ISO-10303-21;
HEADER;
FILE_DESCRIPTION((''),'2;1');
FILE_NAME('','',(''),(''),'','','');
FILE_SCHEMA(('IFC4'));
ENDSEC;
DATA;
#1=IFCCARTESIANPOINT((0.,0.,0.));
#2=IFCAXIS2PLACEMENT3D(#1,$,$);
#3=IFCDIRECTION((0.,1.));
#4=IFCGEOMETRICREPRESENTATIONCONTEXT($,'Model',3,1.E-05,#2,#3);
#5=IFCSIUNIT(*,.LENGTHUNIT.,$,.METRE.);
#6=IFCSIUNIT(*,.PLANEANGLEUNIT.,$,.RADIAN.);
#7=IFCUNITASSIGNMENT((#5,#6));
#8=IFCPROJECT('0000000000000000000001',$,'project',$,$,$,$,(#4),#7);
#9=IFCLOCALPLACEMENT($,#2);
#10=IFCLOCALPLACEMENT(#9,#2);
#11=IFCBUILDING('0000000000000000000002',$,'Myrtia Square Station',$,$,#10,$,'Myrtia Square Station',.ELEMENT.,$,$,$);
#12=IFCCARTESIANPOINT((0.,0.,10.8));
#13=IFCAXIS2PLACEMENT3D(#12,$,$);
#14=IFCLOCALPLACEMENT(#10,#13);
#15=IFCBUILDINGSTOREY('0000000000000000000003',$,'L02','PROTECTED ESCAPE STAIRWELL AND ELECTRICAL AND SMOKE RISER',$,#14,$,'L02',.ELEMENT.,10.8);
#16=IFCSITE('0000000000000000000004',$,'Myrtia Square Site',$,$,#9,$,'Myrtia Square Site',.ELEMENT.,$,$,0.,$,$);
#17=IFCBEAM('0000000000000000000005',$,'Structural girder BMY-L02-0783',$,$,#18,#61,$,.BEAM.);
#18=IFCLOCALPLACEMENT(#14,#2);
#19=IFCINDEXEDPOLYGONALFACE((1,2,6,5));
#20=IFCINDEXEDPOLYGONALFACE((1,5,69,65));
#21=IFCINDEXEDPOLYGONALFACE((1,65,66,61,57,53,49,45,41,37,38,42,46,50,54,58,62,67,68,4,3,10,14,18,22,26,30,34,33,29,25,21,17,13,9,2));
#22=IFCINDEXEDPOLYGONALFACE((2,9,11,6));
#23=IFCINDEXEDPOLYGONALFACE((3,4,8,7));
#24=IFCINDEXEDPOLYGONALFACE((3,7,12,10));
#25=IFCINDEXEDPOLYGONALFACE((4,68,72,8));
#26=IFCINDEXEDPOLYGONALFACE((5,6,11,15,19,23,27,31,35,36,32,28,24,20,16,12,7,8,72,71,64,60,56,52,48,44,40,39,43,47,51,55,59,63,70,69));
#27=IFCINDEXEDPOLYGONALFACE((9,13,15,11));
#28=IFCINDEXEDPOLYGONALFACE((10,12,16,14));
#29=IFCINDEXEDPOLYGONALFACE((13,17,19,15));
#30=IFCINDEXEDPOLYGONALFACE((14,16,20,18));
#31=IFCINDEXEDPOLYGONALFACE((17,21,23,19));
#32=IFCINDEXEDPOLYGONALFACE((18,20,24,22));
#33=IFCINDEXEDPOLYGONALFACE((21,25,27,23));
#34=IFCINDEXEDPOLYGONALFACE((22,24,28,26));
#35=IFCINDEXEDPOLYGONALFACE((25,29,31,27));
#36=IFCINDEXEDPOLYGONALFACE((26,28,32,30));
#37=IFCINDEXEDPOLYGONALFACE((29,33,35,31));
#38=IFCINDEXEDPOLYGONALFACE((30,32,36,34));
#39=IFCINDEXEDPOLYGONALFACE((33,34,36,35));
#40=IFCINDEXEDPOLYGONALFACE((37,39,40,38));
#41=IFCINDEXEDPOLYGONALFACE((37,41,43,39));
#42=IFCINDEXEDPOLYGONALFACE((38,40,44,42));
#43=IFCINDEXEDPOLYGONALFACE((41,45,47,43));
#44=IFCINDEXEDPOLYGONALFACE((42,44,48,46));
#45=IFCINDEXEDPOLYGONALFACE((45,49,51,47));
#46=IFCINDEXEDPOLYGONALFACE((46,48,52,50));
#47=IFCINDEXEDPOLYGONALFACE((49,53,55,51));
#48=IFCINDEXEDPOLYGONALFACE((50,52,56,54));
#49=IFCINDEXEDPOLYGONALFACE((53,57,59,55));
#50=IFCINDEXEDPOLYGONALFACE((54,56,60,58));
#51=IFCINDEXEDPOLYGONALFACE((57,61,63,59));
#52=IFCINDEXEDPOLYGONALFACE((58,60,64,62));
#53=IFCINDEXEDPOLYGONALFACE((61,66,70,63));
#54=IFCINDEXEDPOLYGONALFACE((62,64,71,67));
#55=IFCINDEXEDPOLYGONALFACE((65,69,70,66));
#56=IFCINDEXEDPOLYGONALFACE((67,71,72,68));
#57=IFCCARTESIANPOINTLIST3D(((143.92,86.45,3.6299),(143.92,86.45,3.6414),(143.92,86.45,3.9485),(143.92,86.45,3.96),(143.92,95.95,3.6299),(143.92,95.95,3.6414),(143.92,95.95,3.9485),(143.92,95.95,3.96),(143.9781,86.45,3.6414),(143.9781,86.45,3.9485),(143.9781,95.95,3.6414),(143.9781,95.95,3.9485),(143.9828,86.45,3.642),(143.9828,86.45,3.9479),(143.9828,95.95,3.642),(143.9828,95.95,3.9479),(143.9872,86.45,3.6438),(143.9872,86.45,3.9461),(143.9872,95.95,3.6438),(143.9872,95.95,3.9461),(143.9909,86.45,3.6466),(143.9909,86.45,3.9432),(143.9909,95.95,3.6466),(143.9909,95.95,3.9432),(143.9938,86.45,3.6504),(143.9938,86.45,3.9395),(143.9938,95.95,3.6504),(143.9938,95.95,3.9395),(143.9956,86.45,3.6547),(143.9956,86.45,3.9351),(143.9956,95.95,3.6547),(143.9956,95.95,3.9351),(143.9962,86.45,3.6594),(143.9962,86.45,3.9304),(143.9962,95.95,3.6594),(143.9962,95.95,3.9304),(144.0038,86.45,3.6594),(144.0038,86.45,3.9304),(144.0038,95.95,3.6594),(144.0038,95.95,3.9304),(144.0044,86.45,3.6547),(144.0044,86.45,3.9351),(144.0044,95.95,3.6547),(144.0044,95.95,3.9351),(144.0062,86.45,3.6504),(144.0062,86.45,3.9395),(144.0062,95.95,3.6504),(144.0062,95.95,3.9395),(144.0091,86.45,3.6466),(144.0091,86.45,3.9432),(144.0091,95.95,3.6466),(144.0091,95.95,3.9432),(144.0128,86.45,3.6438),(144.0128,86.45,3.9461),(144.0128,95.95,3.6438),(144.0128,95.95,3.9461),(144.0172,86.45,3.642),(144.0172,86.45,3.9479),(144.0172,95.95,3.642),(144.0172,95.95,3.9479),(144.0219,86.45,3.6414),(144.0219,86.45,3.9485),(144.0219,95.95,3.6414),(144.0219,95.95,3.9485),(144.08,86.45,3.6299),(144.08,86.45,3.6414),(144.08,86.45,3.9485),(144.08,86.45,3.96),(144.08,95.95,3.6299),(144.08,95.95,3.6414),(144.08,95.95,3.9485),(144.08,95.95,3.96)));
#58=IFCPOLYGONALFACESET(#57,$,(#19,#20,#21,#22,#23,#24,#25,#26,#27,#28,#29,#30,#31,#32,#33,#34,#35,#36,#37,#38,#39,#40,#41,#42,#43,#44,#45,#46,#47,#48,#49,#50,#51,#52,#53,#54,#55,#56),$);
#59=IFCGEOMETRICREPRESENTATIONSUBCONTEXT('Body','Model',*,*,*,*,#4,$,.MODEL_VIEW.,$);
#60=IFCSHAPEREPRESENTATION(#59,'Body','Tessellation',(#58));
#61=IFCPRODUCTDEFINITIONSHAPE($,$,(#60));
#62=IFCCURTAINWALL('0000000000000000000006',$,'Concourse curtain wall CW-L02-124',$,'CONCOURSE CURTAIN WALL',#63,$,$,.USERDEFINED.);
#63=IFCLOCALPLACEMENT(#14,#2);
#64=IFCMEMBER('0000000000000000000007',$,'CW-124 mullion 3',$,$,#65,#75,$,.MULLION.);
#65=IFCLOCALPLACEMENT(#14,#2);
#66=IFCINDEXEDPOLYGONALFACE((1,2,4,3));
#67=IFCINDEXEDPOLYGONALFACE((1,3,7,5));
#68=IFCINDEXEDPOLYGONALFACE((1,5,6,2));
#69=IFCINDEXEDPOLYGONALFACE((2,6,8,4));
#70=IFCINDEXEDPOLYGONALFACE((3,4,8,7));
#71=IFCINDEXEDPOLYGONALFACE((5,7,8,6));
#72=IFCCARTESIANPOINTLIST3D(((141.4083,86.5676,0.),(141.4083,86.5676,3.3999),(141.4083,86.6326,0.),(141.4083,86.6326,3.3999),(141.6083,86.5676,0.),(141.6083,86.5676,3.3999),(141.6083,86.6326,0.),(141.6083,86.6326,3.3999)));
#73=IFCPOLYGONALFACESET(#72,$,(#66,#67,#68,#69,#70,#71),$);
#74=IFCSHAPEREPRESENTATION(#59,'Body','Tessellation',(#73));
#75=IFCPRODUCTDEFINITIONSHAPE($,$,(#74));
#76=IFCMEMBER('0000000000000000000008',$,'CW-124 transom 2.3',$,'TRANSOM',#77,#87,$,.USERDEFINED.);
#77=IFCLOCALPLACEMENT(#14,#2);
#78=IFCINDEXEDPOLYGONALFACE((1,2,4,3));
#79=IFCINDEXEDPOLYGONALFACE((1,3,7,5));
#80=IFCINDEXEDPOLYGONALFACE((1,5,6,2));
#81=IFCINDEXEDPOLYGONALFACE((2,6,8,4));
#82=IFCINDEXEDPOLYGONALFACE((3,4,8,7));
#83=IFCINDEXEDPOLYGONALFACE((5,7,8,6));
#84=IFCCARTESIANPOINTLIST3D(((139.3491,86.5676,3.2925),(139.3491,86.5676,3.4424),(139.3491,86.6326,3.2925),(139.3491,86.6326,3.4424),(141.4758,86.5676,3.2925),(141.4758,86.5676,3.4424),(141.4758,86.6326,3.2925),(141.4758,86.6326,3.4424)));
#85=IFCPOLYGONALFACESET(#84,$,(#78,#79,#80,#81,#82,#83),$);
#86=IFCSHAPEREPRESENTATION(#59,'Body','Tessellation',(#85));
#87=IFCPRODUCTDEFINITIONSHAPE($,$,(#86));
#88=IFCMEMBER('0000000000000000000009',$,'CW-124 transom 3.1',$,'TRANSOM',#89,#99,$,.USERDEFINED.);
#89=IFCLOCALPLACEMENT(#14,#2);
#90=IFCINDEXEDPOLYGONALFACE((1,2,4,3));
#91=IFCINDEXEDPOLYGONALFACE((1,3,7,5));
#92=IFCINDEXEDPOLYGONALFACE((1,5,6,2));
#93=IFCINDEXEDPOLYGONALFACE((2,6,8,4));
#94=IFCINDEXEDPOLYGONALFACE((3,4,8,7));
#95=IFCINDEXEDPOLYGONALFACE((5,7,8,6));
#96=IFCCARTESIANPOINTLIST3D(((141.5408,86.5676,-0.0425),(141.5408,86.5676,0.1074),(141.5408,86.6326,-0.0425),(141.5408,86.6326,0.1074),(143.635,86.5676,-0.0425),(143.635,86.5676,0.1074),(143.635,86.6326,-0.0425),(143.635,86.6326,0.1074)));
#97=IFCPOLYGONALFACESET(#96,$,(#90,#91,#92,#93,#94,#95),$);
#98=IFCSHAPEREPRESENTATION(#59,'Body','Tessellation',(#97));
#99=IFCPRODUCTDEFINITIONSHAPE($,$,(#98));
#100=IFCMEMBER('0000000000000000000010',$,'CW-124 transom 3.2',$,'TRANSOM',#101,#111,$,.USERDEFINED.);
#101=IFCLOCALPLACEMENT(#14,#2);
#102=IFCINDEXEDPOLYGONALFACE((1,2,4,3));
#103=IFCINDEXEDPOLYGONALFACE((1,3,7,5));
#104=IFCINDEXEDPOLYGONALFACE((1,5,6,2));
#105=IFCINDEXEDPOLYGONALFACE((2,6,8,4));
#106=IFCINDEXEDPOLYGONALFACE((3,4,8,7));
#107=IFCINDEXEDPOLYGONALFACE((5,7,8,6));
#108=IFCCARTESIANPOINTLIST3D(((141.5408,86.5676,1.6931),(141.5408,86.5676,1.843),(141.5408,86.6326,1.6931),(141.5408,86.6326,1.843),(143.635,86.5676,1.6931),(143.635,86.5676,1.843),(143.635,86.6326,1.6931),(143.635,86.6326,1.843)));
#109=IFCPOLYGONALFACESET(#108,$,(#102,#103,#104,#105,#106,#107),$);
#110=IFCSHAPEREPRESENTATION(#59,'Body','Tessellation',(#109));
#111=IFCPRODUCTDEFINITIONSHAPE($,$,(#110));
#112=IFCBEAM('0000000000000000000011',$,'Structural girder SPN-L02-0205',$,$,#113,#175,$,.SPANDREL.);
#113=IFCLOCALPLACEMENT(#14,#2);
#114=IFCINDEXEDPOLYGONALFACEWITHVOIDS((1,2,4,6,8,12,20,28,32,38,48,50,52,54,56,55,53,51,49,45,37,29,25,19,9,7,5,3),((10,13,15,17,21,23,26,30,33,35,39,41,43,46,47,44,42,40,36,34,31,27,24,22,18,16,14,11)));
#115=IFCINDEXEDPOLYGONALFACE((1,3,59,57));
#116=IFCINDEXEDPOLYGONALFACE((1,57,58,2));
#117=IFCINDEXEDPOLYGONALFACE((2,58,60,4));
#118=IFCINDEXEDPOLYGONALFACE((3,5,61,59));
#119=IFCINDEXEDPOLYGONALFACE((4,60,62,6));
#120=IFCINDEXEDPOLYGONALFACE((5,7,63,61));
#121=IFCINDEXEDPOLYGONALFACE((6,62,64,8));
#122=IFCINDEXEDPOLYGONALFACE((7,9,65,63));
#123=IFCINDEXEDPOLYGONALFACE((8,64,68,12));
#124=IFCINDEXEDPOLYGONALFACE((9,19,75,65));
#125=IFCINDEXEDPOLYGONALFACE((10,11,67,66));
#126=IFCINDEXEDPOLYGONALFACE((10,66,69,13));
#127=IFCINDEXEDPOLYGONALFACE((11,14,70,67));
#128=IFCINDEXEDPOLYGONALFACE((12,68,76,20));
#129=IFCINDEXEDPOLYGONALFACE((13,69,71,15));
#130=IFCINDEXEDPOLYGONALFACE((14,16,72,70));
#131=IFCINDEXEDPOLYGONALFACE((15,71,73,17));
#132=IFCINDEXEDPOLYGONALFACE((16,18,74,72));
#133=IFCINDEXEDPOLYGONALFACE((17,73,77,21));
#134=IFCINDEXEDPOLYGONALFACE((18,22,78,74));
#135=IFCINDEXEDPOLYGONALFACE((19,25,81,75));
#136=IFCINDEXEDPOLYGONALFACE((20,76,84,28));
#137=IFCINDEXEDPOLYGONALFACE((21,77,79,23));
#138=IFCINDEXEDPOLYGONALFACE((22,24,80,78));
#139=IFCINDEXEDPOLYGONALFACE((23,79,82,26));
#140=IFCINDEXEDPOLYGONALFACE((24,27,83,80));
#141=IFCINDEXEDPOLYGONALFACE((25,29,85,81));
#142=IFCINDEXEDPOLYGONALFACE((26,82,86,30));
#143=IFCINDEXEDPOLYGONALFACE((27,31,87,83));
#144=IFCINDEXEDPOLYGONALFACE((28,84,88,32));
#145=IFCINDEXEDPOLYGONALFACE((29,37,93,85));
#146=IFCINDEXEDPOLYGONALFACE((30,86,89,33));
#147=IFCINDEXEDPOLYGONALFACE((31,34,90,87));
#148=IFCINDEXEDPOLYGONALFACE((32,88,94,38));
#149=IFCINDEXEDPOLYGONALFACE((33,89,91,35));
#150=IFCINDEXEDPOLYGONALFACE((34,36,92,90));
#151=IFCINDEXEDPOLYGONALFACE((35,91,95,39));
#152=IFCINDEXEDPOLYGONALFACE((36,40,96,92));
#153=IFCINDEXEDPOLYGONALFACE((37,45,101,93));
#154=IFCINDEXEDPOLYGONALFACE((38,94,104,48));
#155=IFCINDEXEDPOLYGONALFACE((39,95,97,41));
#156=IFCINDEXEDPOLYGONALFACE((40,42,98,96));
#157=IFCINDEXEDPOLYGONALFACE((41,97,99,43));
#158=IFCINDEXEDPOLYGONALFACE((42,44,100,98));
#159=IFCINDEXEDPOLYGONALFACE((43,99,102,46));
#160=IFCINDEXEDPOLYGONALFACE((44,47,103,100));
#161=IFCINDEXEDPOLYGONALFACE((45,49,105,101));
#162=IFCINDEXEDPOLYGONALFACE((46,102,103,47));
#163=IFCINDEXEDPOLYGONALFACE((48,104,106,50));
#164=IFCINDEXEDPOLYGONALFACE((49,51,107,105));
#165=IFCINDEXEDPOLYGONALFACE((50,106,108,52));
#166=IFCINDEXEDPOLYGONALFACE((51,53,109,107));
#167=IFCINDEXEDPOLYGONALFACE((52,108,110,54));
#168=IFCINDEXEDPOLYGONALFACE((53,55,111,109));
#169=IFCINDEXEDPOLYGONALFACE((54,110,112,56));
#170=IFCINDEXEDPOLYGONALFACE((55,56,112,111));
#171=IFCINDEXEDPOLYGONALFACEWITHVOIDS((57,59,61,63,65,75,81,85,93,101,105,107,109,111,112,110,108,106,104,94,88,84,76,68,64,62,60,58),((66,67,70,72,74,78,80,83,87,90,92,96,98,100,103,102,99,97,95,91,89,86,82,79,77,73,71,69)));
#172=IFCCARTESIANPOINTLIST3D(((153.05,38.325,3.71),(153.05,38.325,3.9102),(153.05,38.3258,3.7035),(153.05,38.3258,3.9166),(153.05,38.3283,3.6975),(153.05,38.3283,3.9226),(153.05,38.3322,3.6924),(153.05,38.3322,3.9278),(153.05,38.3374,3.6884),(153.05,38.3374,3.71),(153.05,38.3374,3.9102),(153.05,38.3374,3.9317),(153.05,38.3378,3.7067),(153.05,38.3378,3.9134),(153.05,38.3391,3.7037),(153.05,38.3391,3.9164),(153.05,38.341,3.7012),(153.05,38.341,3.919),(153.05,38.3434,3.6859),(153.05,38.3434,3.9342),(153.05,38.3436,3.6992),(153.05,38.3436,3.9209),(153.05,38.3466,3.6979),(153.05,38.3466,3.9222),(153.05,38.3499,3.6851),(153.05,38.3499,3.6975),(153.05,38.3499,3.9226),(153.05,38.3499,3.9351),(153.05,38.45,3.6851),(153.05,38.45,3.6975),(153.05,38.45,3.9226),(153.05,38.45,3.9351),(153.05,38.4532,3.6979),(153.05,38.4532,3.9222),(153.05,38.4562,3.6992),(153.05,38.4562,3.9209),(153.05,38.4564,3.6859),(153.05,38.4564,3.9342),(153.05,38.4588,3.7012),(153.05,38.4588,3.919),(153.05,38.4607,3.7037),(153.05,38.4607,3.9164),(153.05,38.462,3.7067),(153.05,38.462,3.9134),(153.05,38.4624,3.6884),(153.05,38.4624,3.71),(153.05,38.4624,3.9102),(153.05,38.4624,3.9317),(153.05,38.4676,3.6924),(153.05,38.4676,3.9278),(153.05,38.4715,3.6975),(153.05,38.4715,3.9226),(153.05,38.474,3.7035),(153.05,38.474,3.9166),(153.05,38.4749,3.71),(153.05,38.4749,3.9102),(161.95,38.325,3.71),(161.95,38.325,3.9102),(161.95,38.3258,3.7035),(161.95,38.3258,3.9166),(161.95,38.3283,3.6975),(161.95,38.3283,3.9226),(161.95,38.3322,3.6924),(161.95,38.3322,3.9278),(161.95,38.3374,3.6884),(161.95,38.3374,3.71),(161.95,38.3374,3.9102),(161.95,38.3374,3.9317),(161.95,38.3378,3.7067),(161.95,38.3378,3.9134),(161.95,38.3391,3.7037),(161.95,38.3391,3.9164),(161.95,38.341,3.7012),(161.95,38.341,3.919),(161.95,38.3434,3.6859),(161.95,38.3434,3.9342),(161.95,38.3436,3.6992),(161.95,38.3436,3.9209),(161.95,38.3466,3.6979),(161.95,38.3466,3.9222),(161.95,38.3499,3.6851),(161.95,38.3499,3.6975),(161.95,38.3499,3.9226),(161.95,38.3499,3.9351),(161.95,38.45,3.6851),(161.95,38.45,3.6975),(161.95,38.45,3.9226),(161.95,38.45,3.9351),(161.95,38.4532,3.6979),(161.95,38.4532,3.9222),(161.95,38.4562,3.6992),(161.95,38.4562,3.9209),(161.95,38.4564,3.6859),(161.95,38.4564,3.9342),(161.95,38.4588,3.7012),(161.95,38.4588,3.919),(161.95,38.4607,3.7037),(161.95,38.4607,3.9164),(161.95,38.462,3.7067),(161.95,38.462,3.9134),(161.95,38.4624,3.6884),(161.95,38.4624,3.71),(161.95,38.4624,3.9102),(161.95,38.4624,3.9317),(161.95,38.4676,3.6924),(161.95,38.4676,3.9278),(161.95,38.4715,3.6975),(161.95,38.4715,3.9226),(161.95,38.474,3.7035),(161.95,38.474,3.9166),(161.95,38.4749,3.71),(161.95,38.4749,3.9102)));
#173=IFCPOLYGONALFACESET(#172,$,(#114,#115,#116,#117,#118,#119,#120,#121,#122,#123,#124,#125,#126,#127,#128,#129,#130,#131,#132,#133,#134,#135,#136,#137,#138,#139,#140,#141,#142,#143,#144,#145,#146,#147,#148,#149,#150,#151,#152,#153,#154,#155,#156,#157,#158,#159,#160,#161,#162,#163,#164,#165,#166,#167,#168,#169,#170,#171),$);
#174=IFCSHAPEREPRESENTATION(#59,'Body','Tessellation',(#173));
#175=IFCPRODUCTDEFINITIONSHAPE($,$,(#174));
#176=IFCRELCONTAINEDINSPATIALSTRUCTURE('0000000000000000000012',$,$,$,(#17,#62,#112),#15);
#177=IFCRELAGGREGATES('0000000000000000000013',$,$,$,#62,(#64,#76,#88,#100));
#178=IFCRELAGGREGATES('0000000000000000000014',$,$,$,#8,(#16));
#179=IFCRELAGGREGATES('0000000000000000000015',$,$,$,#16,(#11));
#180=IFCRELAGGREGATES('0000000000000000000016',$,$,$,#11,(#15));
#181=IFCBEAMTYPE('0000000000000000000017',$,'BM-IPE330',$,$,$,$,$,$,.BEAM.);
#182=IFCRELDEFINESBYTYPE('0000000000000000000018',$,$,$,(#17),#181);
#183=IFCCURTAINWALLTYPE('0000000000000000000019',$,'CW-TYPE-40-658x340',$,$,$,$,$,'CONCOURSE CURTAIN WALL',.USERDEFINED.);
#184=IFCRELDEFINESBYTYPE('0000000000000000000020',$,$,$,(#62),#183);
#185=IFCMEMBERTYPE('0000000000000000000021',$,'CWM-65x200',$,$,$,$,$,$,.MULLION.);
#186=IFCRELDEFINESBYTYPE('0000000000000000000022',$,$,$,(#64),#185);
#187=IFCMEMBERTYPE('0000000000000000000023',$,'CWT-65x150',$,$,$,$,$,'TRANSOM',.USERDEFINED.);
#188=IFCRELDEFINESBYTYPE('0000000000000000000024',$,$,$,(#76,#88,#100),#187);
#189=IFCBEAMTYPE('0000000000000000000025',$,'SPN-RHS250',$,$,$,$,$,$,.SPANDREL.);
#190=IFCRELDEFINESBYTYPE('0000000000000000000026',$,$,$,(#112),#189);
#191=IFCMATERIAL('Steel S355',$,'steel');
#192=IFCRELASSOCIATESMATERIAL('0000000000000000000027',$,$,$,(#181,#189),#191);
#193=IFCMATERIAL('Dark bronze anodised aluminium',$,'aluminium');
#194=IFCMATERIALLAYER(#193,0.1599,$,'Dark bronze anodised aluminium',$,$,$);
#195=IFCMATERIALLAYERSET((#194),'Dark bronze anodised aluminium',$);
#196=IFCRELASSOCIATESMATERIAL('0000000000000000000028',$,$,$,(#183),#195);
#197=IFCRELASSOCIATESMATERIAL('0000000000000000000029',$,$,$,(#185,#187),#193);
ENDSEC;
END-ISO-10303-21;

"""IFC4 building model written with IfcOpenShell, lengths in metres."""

from ifc_helpers import new_model, si_unit, direction, frame, origin, origin_2d, place, context, subcontext, project, spatial, rectangle, hollow_rectangle, i_section, extrude, material, layer, layer_set, material_profile, profile_set, type_object, element, aggregate, save


model = new_model("IFC4")

# Units and contexts
model_context = context("Model", 3, precision=1e-05, world=origin(), true_north=direction((0.0, 1.0)))
body_context = subcontext(model_context, "Body", "Model", "MODEL_VIEW")
ifc_project = project(units=[si_unit("LENGTHUNIT", "METRE"), si_unit("PLANEANGLEUNIT", "RADIAN")], contexts=[model_context])

# Site, building, storey
site_placement = place(None, origin())
site = spatial("IfcSite", under=ifc_project, at=site_placement, Name="Myrtia Square Site", LongName="Myrtia Square Site", CompositionType="ELEMENT", RefElevation=0.0)
building_placement = place(site_placement, origin())
building = spatial("IfcBuilding", under=site, at=building_placement, Name="Myrtia Square Station", LongName="Myrtia Square Station", CompositionType="ELEMENT")
storey_placement = place(building_placement, frame((0.0, 0.0, 10.8)))
storey = spatial("IfcBuildingStorey", under=building, at=storey_placement, Name="L02", Description="PROTECTED ESCAPE STAIRWELL AND ELECTRICAL AND SMOKE RISER", LongName="L02", CompositionType="ELEMENT", Elevation=10.8)

# Shared definitions
ifc_material_1 = material(Name="Steel S355", Category="steel")

# Beam
ifc_material_profile_1 = material_profile(ifc_material_1, i_section(OverallWidth=0.1599, OverallDepth=0.3301, WebThickness=0.0076, FlangeThickness=0.0115, FilletRadius=0.0181, at=origin_2d()), Name="IPE 330")
ifc_profile_set_1 = profile_set([ifc_material_profile_1], Name="Steel S355")
beam_type_1 = type_object("IfcBeamType", Name="BM-IPE330", PredefinedType="BEAM", material=ifc_profile_set_1)
beam_1_placement = place(storey_placement, frame((144.0, 86.45, 3.7949), z_axis=(0.0, 1.0, 0.0), x_axis=(-1.0, 0.0, 0.0)))
element("IfcBeam", 1, at=beam_1_placement, inside=storey, type_object=beam_type_1, Name="Structural girder BMY-L02-0783", PredefinedType="BEAM", context=body_context, shape_type="SweptSolid", body=[
    extrude(i_section(OverallWidth=0.1599, OverallDepth=0.3301, WebThickness=0.0076, FlangeThickness=0.0115, FilletRadius=0.0181, at=origin_2d()), origin(), (0.0, 0.0, 1.0), 9.5),
])

# Curtain wall, members
ifc_material_2 = material(Name="Dark bronze anodised aluminium", Category="aluminium")
ifc_layer_1 = layer(ifc_material_2, 0.1599, Name="Dark bronze anodised aluminium")
ifc_layer_set_1 = layer_set([ifc_layer_1], Name="Dark bronze anodised aluminium")
curtain_wall_type = type_object("IfcCurtainWallType", Name="CW-TYPE-40-658x340", ElementType="CONCOURSE CURTAIN WALL", PredefinedType="USERDEFINED", material=ifc_layer_set_1)
curtain_wall_placement = place(storey_placement, origin())
curtain_wall = element("IfcCurtainWall", 2, at=curtain_wall_placement, inside=storey, type_object=curtain_wall_type, Name="Concourse curtain wall CW-L02-124", ObjectType="CONCOURSE CURTAIN WALL", PredefinedType="USERDEFINED")
ifc_material_profile_2 = material_profile(ifc_material_2, rectangle(XDim=0.0649, YDim=0.2, at=origin_2d()), Name="ALU-M 65x200")
ifc_profile_set_2 = profile_set([ifc_material_profile_2], Name="Dark bronze anodised aluminium")
member_type_1 = type_object("IfcMemberType", Name="CWM-65x200", PredefinedType="MULLION", material=ifc_profile_set_2)
member_1_placement = place(storey_placement, frame((141.5083, 86.6001, 0.0), z_axis=(0.0, 0.0, 1.0), x_axis=(0.0, 1.0, 0.0)))
member_1 = element("IfcMember", 3, at=member_1_placement, type_object=member_type_1, Name="CW-124 mullion 3", PredefinedType="MULLION", context=body_context, shape_type="SweptSolid", body=[
    extrude(rectangle(XDim=0.0649, YDim=0.2, at=origin_2d()), origin(), (0.0, 0.0, 1.0), 3.3999),
])
ifc_material_profile_3 = material_profile(ifc_material_2, rectangle(XDim=0.0649, YDim=0.1499, at=origin_2d()), Name="ALU-T 65x150")
ifc_profile_set_3 = profile_set([ifc_material_profile_3], Name="Dark bronze anodised aluminium")
member_type_2 = type_object("IfcMemberType", Name="CWT-65x150", ElementType="TRANSOM", PredefinedType="USERDEFINED", material=ifc_profile_set_3)
member_2_placement = place(storey_placement, frame((139.3491, 86.6001, 3.3674), z_axis=(1.0, 0.0, 0.0), x_axis=(0.0, 1.0, 0.0)))
member_2 = element("IfcMember", 4, at=member_2_placement, type_object=member_type_2, Name="CW-124 transom 2.3", ObjectType="TRANSOM", PredefinedType="USERDEFINED", context=body_context, shape_type="SweptSolid", body=[
    extrude(rectangle(XDim=0.0649, YDim=0.1499, at=origin_2d()), origin(), (0.0, 0.0, 1.0), 2.1267),
])
member_3_placement = place(storey_placement, frame((141.5408, 86.6001, 0.0325), z_axis=(1.0, 0.0, 0.0), x_axis=(0.0, 1.0, 0.0)))
member_3 = element("IfcMember", 5, at=member_3_placement, type_object=member_type_2, Name="CW-124 transom 3.1", ObjectType="TRANSOM", PredefinedType="USERDEFINED", context=body_context, shape_type="SweptSolid", body=[
    extrude(rectangle(XDim=0.0649, YDim=0.1499, at=origin_2d()), origin(), (0.0, 0.0, 1.0), 2.0942),
])
member_4_placement = place(storey_placement, frame((141.5408, 86.6001, 1.7681), z_axis=(1.0, 0.0, 0.0), x_axis=(0.0, 1.0, 0.0)))
member_4 = element("IfcMember", 6, at=member_4_placement, type_object=member_type_2, Name="CW-124 transom 3.2", ObjectType="TRANSOM", PredefinedType="USERDEFINED", context=body_context, shape_type="SweptSolid", body=[
    extrude(rectangle(XDim=0.0649, YDim=0.1499, at=origin_2d()), origin(), (0.0, 0.0, 1.0), 2.0942),
])

# Beam
ifc_material_profile_4 = material_profile(ifc_material_1, hollow_rectangle(XDim=0.1499, YDim=0.25, WallThickness=0.0125, InnerFilletRadius=0.0125, OuterFilletRadius=0.0249, at=origin_2d()), Name="RHS 250x150x12.5")
ifc_profile_set_4 = profile_set([ifc_material_profile_4], Name="Steel S355")
beam_type_2 = type_object("IfcBeamType", Name="SPN-RHS250", PredefinedType="SPANDREL", material=ifc_profile_set_4)
for number, where, z_axis, x_axis, name in (
    (7, (153.05, 38.3999, 3.8101), (1.0, 0.0, 0.0), (0.0, 1.0, 0.0), "Structural girder SPN-L02-0205"),
):
    element("IfcBeam", number, at=place(storey_placement, frame(where, z_axis=z_axis, x_axis=x_axis)), inside=storey, type_object=beam_type_2, Name=name, PredefinedType="SPANDREL", context=body_context, shape_type="SweptSolid", body=[
        extrude(hollow_rectangle(XDim=0.1499, YDim=0.25, WallThickness=0.0125, InnerFilletRadius=0.0125, OuterFilletRadius=0.0249, at=origin_2d()), origin(), (0.0, 0.0, 1.0), 8.8999),
    ])

aggregate(curtain_wall, [member_1, member_2, member_3, member_4])

save(model, "model.ifc")
